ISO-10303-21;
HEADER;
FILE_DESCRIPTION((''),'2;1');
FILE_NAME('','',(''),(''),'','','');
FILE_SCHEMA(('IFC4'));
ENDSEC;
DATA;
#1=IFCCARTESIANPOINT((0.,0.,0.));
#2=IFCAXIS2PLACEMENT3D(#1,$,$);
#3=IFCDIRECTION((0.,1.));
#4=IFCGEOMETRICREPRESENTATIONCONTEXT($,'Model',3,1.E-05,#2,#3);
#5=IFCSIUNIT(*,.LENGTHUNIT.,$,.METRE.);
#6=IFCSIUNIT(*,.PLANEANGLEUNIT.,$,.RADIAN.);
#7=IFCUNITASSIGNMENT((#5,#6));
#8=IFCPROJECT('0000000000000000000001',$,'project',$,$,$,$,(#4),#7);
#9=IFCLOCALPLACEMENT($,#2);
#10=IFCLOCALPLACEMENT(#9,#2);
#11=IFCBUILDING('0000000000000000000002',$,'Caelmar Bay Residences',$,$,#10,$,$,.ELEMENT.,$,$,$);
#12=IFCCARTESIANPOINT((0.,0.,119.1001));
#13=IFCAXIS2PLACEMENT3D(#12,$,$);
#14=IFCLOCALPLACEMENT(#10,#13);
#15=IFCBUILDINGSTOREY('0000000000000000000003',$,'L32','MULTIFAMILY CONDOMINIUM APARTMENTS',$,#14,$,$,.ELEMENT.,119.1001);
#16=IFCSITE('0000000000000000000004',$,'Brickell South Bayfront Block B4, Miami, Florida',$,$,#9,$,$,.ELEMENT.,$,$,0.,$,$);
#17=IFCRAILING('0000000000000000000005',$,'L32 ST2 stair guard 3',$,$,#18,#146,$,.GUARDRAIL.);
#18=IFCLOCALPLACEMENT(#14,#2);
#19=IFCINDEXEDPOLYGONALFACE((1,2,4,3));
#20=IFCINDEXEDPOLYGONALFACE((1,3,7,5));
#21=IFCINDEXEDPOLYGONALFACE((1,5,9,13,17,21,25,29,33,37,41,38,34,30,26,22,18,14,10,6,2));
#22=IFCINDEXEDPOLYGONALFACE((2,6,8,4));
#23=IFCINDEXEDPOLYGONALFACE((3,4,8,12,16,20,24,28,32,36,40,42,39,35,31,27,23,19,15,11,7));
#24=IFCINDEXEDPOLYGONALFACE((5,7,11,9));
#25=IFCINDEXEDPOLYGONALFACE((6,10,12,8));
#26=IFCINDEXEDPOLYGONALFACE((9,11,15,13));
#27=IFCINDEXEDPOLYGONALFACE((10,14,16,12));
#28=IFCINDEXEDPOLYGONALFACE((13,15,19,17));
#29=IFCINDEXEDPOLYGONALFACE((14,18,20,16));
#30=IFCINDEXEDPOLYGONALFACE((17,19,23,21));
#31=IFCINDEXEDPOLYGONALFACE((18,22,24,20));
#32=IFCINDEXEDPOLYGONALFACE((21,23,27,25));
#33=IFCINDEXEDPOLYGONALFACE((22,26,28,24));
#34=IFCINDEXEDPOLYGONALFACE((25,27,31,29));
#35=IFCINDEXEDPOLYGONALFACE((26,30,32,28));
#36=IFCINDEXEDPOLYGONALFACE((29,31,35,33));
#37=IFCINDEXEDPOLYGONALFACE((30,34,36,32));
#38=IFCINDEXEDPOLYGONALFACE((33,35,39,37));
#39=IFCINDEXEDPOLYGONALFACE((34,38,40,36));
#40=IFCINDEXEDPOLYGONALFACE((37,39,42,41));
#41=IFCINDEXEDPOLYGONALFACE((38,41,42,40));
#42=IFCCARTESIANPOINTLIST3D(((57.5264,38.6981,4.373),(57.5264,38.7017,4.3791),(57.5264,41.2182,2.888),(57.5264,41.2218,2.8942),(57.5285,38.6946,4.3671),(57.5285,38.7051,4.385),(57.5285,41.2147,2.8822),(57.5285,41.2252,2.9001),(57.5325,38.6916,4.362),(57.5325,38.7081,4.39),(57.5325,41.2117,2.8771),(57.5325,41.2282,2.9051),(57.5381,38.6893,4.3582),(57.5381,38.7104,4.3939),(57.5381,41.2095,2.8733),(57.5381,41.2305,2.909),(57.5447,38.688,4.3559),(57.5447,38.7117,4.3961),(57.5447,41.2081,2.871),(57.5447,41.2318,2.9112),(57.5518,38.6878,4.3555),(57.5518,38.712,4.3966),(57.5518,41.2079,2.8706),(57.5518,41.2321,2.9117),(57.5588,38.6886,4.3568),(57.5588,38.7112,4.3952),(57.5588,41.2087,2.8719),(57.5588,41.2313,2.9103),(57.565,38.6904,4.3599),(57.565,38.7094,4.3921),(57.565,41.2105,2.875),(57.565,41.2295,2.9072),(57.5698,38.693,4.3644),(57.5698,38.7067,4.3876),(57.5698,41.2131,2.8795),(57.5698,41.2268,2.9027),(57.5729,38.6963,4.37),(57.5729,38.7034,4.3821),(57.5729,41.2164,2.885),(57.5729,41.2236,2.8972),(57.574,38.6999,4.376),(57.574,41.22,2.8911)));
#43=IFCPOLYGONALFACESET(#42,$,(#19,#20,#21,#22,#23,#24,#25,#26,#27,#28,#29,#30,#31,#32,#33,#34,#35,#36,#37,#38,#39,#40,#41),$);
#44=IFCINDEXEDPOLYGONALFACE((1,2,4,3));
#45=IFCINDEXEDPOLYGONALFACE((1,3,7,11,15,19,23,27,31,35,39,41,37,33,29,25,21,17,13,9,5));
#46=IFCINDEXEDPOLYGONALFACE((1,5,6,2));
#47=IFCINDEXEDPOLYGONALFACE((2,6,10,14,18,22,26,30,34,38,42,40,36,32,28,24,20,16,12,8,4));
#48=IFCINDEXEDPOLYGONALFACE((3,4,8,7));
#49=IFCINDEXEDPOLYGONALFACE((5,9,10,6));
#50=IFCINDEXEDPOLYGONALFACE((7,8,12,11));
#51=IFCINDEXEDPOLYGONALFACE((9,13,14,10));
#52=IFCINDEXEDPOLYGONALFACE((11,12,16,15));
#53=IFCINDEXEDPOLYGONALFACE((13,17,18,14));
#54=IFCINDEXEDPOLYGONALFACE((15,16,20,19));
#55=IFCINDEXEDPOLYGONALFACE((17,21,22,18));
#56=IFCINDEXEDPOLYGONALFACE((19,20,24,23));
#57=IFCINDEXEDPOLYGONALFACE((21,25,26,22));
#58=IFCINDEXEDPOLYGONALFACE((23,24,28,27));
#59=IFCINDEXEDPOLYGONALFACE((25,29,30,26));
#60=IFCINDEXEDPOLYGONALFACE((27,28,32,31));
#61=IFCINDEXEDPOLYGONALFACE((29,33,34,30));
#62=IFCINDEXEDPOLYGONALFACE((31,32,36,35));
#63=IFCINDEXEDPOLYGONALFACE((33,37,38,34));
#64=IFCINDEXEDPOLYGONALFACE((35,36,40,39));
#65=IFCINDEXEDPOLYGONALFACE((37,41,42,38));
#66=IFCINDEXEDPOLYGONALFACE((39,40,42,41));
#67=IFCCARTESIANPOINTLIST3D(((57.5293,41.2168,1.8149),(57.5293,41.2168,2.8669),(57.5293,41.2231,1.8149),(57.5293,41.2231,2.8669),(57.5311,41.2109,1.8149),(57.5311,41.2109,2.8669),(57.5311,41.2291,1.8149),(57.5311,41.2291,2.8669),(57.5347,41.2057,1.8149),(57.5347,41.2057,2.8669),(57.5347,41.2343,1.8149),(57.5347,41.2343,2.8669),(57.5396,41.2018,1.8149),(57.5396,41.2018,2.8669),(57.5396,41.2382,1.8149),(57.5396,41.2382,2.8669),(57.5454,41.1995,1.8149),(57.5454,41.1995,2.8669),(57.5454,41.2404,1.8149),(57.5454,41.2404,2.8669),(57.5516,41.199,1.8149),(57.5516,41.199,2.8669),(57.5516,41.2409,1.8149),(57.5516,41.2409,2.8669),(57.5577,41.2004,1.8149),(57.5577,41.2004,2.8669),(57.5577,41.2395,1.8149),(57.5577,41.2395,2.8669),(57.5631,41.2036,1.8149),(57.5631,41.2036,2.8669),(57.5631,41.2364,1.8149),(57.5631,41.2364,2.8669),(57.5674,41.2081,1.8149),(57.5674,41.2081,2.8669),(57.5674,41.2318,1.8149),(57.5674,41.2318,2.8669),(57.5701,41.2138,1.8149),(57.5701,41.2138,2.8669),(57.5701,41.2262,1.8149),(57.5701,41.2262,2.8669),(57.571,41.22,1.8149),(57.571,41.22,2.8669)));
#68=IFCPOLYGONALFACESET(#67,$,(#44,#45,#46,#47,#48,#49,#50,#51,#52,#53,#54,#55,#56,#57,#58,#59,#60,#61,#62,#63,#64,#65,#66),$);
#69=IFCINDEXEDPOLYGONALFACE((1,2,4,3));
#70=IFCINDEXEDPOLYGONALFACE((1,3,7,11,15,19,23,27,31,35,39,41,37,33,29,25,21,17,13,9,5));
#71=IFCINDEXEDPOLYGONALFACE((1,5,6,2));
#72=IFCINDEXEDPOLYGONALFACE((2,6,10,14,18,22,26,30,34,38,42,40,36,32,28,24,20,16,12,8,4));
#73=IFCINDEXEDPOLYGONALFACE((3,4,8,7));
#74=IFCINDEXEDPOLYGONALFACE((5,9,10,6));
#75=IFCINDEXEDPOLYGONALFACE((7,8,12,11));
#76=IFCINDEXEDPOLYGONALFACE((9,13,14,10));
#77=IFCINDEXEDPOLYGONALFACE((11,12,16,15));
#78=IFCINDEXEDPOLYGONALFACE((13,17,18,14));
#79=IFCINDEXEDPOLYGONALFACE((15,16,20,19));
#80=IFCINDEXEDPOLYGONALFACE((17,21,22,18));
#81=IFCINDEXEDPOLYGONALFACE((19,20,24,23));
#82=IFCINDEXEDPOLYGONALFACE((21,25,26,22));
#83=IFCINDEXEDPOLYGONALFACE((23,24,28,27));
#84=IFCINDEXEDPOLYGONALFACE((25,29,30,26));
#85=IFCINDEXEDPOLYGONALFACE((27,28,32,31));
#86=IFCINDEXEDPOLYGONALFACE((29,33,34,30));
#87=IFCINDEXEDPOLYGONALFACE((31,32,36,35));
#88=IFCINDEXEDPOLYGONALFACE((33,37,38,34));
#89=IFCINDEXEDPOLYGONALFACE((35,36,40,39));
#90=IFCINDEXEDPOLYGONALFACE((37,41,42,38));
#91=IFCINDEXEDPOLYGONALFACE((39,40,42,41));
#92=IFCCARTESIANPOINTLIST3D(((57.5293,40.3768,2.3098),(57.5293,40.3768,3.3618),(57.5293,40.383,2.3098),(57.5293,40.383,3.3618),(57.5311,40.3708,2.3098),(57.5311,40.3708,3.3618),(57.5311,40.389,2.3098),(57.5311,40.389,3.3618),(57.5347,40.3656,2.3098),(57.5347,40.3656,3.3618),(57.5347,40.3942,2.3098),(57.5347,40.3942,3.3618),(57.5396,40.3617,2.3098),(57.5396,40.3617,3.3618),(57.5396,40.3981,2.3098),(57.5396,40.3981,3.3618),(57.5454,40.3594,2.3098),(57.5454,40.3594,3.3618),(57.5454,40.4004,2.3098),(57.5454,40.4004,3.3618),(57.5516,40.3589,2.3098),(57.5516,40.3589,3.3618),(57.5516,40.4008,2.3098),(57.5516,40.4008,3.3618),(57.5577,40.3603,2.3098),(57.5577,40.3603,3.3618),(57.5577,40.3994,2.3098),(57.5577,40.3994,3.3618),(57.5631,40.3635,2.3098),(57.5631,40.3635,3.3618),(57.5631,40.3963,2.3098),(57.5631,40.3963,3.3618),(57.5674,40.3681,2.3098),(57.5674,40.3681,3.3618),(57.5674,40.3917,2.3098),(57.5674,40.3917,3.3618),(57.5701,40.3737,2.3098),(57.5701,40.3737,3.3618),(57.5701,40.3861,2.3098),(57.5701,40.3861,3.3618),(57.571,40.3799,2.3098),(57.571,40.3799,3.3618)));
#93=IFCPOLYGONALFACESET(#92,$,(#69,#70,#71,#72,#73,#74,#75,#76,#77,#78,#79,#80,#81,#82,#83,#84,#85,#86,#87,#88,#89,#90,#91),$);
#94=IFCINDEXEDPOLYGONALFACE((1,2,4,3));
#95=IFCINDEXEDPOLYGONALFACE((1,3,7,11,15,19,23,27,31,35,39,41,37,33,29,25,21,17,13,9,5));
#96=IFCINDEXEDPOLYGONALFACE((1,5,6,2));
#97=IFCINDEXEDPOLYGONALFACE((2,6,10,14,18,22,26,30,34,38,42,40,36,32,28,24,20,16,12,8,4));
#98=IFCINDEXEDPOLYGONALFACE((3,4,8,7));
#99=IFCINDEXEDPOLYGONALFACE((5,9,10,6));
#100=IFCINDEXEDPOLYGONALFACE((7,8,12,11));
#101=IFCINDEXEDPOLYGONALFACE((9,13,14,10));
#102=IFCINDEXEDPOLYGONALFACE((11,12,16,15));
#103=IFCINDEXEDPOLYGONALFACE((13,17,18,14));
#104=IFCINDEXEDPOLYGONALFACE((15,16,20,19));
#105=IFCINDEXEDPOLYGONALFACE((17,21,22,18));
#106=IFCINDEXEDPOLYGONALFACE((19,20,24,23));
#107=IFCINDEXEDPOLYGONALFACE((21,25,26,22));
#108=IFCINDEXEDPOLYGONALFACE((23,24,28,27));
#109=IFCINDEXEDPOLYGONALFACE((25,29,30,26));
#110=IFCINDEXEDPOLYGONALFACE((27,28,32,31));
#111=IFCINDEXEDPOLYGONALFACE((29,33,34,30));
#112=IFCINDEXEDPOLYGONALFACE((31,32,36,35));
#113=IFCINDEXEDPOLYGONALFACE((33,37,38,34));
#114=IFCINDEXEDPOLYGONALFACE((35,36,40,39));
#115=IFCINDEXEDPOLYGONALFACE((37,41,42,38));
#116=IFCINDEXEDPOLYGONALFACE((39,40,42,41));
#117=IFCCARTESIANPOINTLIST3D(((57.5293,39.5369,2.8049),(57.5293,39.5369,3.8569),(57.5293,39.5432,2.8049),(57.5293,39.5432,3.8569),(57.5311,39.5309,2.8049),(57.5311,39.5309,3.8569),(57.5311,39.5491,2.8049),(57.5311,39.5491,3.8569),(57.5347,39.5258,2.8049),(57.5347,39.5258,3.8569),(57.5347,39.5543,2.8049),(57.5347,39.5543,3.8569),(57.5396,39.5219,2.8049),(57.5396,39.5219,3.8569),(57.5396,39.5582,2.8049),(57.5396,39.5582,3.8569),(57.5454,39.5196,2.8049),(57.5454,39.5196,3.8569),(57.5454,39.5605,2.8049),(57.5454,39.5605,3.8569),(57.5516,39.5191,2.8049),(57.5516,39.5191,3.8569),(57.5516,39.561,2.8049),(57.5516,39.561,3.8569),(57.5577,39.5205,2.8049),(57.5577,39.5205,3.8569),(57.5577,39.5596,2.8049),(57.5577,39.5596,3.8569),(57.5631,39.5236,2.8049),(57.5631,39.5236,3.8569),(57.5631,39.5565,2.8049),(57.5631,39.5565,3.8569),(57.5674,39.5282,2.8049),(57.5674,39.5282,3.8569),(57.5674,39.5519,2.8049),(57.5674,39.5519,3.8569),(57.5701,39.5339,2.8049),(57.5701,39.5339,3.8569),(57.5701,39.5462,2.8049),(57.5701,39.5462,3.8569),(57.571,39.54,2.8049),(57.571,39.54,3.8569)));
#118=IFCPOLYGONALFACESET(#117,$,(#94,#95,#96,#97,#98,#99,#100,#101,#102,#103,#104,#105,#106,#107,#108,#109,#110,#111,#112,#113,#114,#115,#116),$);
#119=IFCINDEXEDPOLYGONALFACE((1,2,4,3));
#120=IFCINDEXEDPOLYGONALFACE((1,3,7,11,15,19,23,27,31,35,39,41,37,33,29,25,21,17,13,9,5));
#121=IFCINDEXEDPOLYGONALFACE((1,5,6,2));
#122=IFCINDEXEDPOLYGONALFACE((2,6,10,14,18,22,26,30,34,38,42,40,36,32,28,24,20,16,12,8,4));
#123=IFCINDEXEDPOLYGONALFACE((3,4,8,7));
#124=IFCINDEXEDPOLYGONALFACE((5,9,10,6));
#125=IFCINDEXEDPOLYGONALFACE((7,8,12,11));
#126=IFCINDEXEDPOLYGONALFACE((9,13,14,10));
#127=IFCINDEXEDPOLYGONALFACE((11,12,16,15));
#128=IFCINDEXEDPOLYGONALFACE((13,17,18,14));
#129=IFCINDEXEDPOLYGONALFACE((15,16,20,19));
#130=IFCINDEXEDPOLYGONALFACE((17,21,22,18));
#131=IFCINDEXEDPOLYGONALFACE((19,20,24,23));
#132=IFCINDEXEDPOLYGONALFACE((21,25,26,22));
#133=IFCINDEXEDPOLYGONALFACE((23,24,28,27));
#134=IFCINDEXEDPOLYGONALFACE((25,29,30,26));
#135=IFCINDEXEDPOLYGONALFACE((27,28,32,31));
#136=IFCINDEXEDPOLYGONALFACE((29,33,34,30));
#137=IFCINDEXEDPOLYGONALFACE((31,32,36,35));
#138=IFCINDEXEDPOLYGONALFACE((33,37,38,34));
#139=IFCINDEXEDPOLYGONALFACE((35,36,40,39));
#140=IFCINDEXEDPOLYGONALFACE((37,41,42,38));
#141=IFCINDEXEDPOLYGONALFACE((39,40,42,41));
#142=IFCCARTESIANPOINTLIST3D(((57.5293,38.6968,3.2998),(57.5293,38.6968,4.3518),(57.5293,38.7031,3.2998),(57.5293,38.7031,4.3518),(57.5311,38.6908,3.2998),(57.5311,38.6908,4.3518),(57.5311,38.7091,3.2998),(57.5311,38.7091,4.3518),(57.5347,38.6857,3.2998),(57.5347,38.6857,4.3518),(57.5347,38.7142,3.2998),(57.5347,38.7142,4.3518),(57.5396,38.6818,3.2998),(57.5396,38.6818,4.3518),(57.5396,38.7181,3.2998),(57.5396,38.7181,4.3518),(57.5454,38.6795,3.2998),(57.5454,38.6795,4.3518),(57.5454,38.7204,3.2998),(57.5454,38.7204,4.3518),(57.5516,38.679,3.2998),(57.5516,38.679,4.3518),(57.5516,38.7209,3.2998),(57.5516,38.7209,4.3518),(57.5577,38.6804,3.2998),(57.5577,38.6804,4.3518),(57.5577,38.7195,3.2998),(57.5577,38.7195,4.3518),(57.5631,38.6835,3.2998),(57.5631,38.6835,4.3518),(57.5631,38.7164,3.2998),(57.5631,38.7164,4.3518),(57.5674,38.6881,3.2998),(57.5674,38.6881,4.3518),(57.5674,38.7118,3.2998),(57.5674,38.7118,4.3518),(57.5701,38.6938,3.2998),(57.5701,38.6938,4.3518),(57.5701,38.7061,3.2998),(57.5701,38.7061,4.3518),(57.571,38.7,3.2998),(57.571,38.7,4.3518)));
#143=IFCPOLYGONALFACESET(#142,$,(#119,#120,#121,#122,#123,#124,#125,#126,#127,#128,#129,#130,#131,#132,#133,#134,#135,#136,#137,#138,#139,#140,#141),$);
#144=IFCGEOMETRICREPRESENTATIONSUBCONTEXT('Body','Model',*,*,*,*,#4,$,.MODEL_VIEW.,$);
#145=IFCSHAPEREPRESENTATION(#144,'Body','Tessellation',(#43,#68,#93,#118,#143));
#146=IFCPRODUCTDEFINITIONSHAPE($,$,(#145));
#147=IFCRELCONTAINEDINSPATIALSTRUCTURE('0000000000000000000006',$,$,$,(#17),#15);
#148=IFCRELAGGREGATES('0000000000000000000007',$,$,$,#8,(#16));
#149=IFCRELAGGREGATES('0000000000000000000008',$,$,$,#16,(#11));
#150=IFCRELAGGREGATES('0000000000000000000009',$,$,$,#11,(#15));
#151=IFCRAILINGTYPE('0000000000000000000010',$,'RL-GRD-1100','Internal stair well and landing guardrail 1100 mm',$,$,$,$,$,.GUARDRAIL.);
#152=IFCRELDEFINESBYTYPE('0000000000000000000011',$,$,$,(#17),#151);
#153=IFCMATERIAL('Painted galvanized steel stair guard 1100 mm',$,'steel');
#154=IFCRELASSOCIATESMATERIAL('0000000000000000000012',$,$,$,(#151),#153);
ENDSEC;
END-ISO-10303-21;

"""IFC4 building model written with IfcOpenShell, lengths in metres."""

from ifc_helpers import new_model, si_unit, direction, frame, origin, origin_2d, place, context, subcontext, project, spatial, circle, extrude, material, type_object, element, save


model = new_model("IFC4")

# Units and contexts
model_context = context("Model", 3, precision=1e-05, world=origin(), true_north=direction((0.0, 1.0)))
body_context = subcontext(model_context, "Body", "Model", "MODEL_VIEW")
ifc_project = project(units=[si_unit("LENGTHUNIT", "METRE"), si_unit("PLANEANGLEUNIT", "RADIAN")], contexts=[model_context])

# Site, building, storey
site_placement = place(None, origin())
site = spatial("IfcSite", under=ifc_project, at=site_placement, Name="Brickell South Bayfront Block B4, Miami, Florida", CompositionType="ELEMENT", RefElevation=0.0)
building_placement = place(site_placement, origin())
building = spatial("IfcBuilding", under=site, at=building_placement, Name="Caelmar Bay Residences", CompositionType="ELEMENT")
storey_placement = place(building_placement, frame((0.0, 0.0, 119.1001)))
storey = spatial("IfcBuildingStorey", under=building, at=storey_placement, Name="L32", Description="MULTIFAMILY CONDOMINIUM APARTMENTS", CompositionType="ELEMENT", Elevation=119.1001)

# Railing
ifc_material_1 = material(Name="Painted galvanized steel stair guard 1100 mm", Category="steel")
railing_type_1 = type_object("IfcRailingType", Name="RL-GRD-1100", Description="Internal stair well and landing guardrail 1100 mm", PredefinedType="GUARDRAIL", material=ifc_material_1)
railing_1_placement = place(storey_placement, frame((57.55, 41.22, 1.8149)))
element("IfcRailing", 1, at=railing_1_placement, inside=storey, type_object=railing_type_1, Name="L32 ST2 stair guard 3", PredefinedType="GUARDRAIL", context=body_context, shape_type="SweptSolid", body=[
    extrude(circle(Radius=0.0239, at=origin_2d()), frame((0.0, 0.0, 1.0762), z_axis=(0.0, -0.861561, 0.507655), x_axis=(1.0, 0.0, 0.0)), (0.0, 0.0, 1.0), 2.925),
    extrude(circle(Radius=0.021, at=origin_2d()), origin(), (0.0, 0.0, 1.0), 1.052),
    extrude(circle(Radius=0.021, at=origin_2d()), frame((0.0, -0.8401, 0.4949)), (0.0, 0.0, 1.0), 1.052),
    extrude(circle(Radius=0.021, at=origin_2d()), frame((0.0, -1.6799, 0.99)), (0.0, 0.0, 1.0), 1.052),
    extrude(circle(Radius=0.021, at=origin_2d()), frame((0.0, -2.52, 1.4849)), (0.0, 0.0, 1.0), 1.052),
])

save(model, "model.ifc")
